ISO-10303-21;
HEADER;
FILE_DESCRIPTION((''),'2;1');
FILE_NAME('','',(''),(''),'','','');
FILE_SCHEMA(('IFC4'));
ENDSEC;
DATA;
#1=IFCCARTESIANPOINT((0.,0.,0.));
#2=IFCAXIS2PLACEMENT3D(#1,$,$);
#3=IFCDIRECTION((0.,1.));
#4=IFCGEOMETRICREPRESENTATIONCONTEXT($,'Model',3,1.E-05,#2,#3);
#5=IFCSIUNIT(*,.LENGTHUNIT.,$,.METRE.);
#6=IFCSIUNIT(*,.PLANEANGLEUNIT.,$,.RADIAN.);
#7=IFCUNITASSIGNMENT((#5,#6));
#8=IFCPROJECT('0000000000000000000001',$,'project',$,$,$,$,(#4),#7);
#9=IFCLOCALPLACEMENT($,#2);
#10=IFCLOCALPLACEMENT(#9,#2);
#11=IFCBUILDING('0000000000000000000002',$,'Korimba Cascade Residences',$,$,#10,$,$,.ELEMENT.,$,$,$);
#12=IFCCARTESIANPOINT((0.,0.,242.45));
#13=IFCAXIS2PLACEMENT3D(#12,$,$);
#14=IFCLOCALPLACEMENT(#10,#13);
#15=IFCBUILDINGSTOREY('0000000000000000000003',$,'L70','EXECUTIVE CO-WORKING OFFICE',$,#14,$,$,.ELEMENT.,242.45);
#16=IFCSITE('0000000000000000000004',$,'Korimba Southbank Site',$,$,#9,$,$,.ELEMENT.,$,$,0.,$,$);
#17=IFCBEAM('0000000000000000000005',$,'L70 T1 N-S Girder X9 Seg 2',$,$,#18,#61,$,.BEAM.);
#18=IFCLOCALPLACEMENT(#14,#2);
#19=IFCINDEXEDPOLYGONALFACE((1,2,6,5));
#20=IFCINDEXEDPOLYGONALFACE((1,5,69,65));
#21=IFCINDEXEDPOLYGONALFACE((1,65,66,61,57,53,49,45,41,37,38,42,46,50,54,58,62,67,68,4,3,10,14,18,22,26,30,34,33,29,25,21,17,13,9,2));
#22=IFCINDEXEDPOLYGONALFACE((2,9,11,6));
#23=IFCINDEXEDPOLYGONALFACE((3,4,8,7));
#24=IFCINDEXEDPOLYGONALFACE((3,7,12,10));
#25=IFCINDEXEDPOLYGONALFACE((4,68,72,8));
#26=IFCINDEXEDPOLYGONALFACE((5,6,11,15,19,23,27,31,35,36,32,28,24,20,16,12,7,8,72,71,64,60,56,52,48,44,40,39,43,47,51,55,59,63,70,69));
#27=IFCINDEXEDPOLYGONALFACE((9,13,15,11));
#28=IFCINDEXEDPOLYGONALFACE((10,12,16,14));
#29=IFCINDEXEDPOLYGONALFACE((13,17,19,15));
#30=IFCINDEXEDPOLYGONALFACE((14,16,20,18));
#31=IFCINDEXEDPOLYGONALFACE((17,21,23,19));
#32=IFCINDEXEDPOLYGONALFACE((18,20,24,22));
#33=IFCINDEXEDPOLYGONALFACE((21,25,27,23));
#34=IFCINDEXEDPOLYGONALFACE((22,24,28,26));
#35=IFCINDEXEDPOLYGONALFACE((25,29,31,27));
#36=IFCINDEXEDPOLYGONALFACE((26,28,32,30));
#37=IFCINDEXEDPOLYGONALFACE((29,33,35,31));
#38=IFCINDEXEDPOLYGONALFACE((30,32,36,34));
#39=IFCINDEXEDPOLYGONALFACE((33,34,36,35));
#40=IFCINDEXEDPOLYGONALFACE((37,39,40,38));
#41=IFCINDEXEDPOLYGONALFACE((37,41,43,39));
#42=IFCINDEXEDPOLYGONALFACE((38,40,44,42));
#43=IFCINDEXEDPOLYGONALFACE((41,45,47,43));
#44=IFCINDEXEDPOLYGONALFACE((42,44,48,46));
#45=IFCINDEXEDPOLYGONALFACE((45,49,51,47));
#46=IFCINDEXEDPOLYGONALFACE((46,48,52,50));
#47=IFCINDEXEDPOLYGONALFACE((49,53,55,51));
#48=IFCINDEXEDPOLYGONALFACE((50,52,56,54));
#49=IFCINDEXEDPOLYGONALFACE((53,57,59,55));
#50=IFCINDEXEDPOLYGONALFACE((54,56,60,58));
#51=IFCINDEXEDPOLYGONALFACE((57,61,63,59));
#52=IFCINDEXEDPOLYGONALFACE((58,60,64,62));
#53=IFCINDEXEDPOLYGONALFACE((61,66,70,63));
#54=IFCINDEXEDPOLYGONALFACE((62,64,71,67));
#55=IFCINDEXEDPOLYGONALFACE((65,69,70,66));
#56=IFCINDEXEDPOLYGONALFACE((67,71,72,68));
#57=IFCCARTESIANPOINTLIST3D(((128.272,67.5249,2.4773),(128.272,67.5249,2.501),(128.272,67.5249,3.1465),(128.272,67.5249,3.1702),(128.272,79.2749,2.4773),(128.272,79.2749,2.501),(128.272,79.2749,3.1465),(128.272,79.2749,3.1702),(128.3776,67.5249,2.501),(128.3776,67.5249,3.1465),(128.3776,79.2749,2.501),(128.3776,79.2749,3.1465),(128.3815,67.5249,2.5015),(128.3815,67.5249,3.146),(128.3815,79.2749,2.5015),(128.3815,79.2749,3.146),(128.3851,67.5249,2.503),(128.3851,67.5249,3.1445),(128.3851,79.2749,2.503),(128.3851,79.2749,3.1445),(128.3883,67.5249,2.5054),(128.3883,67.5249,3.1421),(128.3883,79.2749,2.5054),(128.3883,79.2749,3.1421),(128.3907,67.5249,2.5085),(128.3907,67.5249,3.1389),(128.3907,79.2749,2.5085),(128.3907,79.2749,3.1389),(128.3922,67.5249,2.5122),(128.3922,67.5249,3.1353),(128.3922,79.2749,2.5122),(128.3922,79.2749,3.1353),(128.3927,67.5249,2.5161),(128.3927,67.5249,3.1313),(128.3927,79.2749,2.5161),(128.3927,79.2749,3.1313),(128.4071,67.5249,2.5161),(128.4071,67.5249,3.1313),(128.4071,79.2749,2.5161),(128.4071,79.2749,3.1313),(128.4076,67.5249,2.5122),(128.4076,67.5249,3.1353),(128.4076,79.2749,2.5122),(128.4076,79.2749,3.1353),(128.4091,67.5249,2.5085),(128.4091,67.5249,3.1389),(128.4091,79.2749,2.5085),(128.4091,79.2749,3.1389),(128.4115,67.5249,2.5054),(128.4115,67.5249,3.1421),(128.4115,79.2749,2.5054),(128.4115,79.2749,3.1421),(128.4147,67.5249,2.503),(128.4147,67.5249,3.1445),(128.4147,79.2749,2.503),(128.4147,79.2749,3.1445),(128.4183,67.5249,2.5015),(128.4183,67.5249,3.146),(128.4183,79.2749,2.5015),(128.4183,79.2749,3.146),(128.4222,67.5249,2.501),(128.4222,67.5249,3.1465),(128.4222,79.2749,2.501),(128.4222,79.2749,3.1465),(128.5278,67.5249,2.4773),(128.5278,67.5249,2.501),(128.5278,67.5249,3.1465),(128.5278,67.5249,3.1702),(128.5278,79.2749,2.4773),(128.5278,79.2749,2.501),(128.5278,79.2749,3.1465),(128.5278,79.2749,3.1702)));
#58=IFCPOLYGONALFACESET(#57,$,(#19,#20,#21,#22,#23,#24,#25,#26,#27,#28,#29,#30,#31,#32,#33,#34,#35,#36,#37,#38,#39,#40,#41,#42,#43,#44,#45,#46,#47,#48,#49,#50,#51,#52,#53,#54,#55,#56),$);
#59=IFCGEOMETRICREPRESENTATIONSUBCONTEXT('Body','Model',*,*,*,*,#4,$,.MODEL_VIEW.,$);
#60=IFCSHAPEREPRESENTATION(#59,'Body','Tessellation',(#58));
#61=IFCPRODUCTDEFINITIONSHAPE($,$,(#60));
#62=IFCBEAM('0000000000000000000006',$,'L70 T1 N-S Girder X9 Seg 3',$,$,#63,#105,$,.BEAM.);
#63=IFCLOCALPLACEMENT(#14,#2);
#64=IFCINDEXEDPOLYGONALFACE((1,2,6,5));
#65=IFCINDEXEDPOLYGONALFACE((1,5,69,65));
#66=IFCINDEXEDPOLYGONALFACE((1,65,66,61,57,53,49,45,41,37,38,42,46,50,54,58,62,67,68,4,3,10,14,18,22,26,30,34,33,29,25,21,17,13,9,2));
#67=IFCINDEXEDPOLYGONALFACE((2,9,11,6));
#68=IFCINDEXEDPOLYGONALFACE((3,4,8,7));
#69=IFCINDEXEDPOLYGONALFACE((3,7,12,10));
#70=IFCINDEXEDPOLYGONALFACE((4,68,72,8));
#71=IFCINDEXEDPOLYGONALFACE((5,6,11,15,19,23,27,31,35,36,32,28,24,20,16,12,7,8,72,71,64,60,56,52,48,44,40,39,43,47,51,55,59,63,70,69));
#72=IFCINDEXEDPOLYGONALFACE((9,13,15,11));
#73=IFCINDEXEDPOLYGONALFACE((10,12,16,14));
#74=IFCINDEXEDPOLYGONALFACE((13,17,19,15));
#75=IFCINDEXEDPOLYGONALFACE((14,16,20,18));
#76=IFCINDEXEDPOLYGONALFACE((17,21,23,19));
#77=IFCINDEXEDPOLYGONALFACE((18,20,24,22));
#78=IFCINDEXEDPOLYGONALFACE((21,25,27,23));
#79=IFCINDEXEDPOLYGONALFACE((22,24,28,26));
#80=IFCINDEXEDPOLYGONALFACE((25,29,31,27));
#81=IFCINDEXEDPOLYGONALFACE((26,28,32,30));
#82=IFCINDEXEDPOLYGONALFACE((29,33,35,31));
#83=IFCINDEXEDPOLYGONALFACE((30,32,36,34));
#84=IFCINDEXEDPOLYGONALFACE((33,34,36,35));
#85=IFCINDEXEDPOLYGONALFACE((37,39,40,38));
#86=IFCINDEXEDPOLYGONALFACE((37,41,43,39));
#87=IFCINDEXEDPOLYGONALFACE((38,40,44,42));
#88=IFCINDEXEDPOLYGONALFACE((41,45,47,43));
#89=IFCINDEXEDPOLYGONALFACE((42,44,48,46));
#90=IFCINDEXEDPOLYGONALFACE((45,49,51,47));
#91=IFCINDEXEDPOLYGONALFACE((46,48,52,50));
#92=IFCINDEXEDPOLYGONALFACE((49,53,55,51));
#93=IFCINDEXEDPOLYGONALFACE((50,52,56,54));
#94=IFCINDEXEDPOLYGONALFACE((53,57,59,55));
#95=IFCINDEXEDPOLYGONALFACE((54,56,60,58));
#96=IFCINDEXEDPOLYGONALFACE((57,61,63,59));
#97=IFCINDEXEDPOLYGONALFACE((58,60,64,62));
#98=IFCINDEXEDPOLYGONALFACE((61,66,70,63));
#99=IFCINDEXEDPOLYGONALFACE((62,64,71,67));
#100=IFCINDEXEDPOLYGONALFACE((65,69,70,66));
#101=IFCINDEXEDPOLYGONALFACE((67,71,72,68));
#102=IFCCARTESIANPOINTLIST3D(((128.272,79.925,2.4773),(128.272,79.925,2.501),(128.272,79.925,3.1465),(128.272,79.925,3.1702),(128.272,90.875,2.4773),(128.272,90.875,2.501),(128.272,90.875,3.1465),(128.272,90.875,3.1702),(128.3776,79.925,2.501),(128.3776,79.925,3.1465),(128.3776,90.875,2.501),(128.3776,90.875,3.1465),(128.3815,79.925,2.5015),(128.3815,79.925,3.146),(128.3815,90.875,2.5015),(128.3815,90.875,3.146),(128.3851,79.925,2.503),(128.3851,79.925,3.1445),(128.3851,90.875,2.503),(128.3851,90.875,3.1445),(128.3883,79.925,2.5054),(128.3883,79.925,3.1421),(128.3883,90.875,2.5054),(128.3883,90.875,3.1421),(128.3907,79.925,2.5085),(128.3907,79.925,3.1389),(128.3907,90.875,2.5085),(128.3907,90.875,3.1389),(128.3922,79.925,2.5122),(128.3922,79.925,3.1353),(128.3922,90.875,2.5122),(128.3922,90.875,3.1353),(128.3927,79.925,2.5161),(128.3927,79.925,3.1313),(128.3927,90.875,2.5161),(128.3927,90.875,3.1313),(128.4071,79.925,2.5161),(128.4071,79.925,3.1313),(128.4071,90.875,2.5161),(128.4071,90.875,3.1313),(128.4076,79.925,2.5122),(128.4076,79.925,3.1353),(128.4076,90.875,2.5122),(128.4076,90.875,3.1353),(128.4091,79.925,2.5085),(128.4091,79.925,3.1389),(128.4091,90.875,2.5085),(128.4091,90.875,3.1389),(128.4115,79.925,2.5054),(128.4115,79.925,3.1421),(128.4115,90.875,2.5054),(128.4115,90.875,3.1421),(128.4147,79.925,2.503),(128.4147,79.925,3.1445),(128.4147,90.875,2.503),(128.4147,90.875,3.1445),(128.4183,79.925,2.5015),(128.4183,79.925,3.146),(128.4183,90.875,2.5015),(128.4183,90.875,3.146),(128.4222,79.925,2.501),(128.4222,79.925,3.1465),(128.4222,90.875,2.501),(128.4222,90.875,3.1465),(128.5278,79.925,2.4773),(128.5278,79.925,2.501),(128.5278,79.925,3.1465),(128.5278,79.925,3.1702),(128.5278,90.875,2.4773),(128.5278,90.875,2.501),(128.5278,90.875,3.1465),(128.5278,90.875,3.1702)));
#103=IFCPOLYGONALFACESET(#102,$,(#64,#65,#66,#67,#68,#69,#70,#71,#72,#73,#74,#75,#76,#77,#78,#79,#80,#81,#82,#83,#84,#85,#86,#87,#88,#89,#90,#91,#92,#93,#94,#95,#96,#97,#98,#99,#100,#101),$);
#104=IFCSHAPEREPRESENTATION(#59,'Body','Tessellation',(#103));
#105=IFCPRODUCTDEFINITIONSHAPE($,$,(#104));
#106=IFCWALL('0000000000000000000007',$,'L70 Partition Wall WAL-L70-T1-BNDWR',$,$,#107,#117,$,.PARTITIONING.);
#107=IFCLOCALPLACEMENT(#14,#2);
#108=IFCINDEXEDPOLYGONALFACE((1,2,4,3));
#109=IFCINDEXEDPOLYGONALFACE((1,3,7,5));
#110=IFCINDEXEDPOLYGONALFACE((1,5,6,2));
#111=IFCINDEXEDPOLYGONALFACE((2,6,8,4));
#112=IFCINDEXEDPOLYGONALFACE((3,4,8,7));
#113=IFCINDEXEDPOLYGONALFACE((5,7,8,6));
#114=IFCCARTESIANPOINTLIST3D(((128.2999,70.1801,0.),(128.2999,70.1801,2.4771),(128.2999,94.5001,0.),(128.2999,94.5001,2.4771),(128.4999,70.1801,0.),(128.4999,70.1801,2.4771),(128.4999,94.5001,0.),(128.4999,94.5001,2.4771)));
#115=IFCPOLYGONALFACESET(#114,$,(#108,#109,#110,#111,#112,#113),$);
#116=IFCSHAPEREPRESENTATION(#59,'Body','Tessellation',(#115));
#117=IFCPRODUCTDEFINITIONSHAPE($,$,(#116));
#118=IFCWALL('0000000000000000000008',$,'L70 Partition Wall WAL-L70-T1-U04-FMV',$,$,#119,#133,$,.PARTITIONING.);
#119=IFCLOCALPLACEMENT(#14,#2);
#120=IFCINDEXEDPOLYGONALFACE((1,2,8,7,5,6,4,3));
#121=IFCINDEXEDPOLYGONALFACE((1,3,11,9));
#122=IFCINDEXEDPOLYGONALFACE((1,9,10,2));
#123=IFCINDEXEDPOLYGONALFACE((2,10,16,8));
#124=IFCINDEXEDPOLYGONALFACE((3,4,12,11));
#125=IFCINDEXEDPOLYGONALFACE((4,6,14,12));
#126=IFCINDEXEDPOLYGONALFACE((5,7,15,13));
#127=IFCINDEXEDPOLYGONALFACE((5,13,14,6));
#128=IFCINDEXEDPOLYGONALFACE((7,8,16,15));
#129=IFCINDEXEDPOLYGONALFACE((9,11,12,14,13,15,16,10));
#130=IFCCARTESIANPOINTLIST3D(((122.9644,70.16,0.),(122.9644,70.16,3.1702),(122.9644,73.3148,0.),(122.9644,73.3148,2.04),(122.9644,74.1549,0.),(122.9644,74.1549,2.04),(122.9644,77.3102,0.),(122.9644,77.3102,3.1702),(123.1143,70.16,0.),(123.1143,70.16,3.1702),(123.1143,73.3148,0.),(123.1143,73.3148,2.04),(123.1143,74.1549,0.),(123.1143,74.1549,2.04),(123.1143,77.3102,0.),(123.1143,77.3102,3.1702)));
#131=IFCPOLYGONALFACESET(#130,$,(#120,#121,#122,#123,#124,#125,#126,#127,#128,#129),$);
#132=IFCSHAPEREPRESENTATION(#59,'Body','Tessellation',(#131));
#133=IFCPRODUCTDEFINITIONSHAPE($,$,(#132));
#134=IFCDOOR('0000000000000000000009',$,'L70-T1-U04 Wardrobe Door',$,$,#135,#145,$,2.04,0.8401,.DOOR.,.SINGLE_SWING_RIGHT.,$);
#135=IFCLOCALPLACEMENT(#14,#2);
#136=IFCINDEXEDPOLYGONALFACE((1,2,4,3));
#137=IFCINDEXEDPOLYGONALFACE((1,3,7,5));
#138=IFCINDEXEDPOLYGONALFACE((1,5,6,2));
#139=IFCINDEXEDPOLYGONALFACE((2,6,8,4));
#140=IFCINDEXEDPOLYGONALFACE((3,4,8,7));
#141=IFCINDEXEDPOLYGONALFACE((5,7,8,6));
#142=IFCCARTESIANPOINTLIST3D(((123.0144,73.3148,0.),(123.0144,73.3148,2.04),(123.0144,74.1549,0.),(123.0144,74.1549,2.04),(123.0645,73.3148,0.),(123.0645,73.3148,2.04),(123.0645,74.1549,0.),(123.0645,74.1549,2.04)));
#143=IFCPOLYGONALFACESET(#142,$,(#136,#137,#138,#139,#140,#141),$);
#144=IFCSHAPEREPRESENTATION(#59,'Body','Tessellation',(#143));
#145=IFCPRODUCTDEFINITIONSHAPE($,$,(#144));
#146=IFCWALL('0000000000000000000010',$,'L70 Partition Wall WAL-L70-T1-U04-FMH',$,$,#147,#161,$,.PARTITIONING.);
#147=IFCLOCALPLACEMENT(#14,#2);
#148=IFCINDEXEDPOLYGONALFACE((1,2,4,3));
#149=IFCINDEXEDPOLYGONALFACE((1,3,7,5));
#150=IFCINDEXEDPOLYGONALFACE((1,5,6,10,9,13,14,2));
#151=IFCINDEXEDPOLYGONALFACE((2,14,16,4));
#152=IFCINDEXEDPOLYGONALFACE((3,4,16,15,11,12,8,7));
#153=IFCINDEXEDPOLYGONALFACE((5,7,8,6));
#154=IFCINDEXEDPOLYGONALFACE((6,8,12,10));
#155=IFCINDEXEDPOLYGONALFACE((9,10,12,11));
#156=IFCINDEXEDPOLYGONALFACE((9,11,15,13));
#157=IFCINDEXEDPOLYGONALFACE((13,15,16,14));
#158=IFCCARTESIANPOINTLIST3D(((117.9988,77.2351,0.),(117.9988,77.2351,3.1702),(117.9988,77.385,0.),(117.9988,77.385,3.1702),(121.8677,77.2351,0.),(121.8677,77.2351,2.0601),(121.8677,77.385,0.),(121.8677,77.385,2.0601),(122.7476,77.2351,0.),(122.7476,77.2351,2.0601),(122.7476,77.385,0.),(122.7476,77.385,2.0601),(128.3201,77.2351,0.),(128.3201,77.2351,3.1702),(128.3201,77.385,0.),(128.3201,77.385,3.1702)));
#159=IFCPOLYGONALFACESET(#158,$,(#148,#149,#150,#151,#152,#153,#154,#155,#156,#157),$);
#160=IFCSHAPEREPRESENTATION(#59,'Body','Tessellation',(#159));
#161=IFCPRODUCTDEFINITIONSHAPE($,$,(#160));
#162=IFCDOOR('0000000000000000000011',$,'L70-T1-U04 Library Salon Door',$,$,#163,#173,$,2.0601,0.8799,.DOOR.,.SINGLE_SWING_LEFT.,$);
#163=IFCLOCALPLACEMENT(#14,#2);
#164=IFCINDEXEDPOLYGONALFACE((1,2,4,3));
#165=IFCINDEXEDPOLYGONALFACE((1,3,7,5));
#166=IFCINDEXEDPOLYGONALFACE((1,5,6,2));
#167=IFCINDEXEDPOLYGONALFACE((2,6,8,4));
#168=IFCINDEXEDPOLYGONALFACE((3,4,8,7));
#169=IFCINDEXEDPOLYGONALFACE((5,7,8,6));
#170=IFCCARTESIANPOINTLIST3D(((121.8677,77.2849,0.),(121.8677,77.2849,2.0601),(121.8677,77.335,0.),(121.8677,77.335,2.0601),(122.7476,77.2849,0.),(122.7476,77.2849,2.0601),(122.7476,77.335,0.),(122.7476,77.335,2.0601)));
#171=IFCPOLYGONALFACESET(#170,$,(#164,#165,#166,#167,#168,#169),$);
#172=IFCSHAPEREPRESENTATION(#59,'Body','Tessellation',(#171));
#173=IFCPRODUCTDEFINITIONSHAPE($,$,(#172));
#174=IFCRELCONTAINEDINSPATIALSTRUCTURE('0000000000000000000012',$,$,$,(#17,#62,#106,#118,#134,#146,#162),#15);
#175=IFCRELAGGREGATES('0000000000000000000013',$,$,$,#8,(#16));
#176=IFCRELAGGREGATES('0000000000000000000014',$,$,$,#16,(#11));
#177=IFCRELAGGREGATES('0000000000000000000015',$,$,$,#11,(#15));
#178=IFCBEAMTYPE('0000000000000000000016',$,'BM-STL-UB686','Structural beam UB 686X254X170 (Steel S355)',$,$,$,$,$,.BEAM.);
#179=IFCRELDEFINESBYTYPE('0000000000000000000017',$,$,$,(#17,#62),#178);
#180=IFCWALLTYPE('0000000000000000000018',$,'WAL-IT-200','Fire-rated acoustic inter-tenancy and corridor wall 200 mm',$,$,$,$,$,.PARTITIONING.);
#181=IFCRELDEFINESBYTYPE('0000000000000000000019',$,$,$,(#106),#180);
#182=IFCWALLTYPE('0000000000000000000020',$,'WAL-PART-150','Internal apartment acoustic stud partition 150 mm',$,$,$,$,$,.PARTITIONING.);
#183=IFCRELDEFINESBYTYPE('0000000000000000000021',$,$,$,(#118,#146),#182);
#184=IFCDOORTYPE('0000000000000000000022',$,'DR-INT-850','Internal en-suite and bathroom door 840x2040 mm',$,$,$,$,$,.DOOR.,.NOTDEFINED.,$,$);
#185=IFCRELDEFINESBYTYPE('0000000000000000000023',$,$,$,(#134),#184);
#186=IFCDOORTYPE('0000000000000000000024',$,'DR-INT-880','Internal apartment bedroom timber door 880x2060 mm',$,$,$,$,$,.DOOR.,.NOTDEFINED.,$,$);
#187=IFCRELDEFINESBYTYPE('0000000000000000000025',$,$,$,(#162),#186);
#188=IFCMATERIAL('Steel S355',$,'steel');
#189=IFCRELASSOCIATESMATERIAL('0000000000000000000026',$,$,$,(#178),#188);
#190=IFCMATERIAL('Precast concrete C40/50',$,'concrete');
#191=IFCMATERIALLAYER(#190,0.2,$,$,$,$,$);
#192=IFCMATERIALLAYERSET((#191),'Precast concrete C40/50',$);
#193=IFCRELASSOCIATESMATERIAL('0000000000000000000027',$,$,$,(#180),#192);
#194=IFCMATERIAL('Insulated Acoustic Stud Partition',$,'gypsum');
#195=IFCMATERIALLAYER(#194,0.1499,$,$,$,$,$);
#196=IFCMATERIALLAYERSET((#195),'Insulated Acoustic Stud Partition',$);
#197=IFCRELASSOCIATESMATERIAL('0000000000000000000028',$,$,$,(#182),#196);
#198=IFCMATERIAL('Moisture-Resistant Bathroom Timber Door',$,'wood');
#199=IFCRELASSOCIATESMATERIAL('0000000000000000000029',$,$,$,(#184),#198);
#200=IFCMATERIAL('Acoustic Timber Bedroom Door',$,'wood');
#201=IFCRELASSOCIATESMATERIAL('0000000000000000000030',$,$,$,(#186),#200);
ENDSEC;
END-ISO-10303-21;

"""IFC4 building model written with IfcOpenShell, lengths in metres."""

from ifc_helpers import new_model, si_unit, direction, frame, frame_2d, origin, origin_2d, place, context, subcontext, project, spatial, rectangle, i_section, extrude, material, layer, layer_set, material_profile, profile_set, type_object, element, fill, save


model = new_model("IFC4")

# Units and contexts
model_context = context("Model", 3, precision=1e-05, world=origin(), true_north=direction((0.0, 1.0)))
body_context = subcontext(model_context, "Body", "Model", "MODEL_VIEW")
ifc_project = project(units=[si_unit("LENGTHUNIT", "METRE"), si_unit("PLANEANGLEUNIT", "RADIAN")], contexts=[model_context])

# Site, building, storey
site_placement = place(None, origin())
site = spatial("IfcSite", under=ifc_project, at=site_placement, Name="Korimba Southbank Site", CompositionType="ELEMENT", RefElevation=0.0)
building_placement = place(site_placement, origin())
building = spatial("IfcBuilding", under=site, at=building_placement, Name="Korimba Cascade Residences", CompositionType="ELEMENT")
storey_placement = place(building_placement, frame((0.0, 0.0, 242.45)))
storey = spatial("IfcBuildingStorey", under=building, at=storey_placement, Name="L70", Description="EXECUTIVE CO-WORKING OFFICE", CompositionType="ELEMENT", Elevation=242.45)

# Beams
ifc_material_1 = material(Name="Steel S355", Category="steel")
ifc_material_profile_1 = material_profile(ifc_material_1, i_section(OverallWidth=0.2559, OverallDepth=0.6929, WebThickness=0.0144, FlangeThickness=0.0237, FilletRadius=0.0151, at=origin_2d()), Name="Steel S355")
ifc_profile_set_1 = profile_set([ifc_material_profile_1], Name="Steel S355")
beam_type_1 = type_object("IfcBeamType", Name="BM-STL-UB686", Description="Structural beam UB 686X254X170 (Steel S355)", PredefinedType="BEAM", material=ifc_profile_set_1)
beam_1_placement = place(storey_placement, frame((128.3999, 67.5249, 2.8237), z_axis=(0.0, 1.0, 0.0), x_axis=(-1.0, 0.0, 0.0)))
element("IfcBeam", 1, at=beam_1_placement, inside=storey, type_object=beam_type_1, Name="L70 T1 N-S Girder X9 Seg 2", PredefinedType="BEAM", context=body_context, shape_type="SweptSolid", body=[
    extrude(i_section(OverallWidth=0.2559, OverallDepth=0.6929, WebThickness=0.0144, FlangeThickness=0.0237, FilletRadius=0.0151, at=origin_2d()), origin(), (0.0, 0.0, 1.0), 11.75),
])
beam_2_placement = place(storey_placement, frame((128.3999, 79.925, 2.8237), z_axis=(0.0, 1.0, 0.0), x_axis=(-1.0, 0.0, 0.0)))
element("IfcBeam", 2, at=beam_2_placement, inside=storey, type_object=beam_type_1, Name="L70 T1 N-S Girder X9 Seg 3", PredefinedType="BEAM", context=body_context, shape_type="SweptSolid", body=[
    extrude(i_section(OverallWidth=0.2559, OverallDepth=0.6929, WebThickness=0.0144, FlangeThickness=0.0237, FilletRadius=0.0151, at=origin_2d()), origin(), (0.0, 0.0, 1.0), 10.95),
])

# Wall
ifc_material_2 = material(Name="Precast concrete C40/50", Category="concrete")
ifc_layer_1 = layer(ifc_material_2, 0.2)
ifc_layer_set_1 = layer_set([ifc_layer_1], Name="Precast concrete C40/50")
wall_type_1 = type_object("IfcWallType", Name="WAL-IT-200", Description="Fire-rated acoustic inter-tenancy and corridor wall 200 mm", PredefinedType="PARTITIONING", material=ifc_layer_set_1)
wall_1_placement = place(storey_placement, frame((128.3999, 70.1799, 0.0), z_axis=(0.0, 0.0, 1.0), x_axis=(0.0, 1.0, 0.0)))
element("IfcWall", 3, at=wall_1_placement, inside=storey, type_object=wall_type_1, Name="L70 Partition Wall WAL-L70-T1-BNDWR", PredefinedType="PARTITIONING", context=body_context, shape_type="SweptSolid", body=[
    extrude(rectangle(XDim=24.3201, YDim=0.2, at=frame_2d((12.1602, 0.0))), origin(), (0.0, 0.0, 1.0), 2.4771),
])

# Walls, openings, doors
ifc_material_3 = material(Name="Insulated Acoustic Stud Partition", Category="gypsum")
ifc_layer_2 = layer(ifc_material_3, 0.1499)
ifc_layer_set_2 = layer_set([ifc_layer_2], Name="Insulated Acoustic Stud Partition")
wall_type_2 = type_object("IfcWallType", Name="WAL-PART-150", Description="Internal apartment acoustic stud partition 150 mm", PredefinedType="PARTITIONING", material=ifc_layer_set_2)
wall_2_placement = place(storey_placement, frame((123.0393, 70.1599, 0.0), z_axis=(0.0, 0.0, 1.0), x_axis=(0.0, 1.0, 0.0)))
wall_2 = element("IfcWall", 4, at=wall_2_placement, inside=storey, type_object=wall_type_2, Name="L70 Partition Wall WAL-L70-T1-U04-FMV", PredefinedType="PARTITIONING", context=body_context, shape_type="SweptSolid", body=[
    extrude(rectangle(XDim=7.1501, YDim=0.1499, at=frame_2d((3.5752, 0.0))), origin(), (0.0, 0.0, 1.0), 3.1702),
])
opening_1_placement = place(wall_2_placement, frame((3.155, 0.0, 0.0)))
opening_1 = element("IfcOpeningElement", 5, at=opening_1_placement, cuts=wall_2, PredefinedType="OPENING", context=body_context, shape_type="SweptSolid", body=[
    extrude(rectangle(XDim=0.8401, YDim=2.04, at=frame_2d((0.4199, 1.02))), frame((0.0, 0.085, 0.0), z_axis=(0.0, -1.0, 0.0), x_axis=(1.0, 0.0, 0.0)), (0.0, 0.0, 1.0), 0.1699),
])
ifc_material_4 = material(Name="Moisture-Resistant Bathroom Timber Door", Category="wood")
door_type_1 = type_object("IfcDoorType", Name="DR-INT-850", Description="Internal en-suite and bathroom door 840x2040 mm", OperationType="NOTDEFINED", PredefinedType="DOOR", material=ifc_material_4)
door_1_placement = place(opening_1_placement, origin())
door_1 = element("IfcDoor", 6, at=door_1_placement, inside=storey, type_object=door_type_1, Name="L70-T1-U04 Wardrobe Door", OperationType="SINGLE_SWING_RIGHT", OverallHeight=2.04, OverallWidth=0.8401, PredefinedType="DOOR", context=body_context, shape_type="SweptSolid", body=[
    extrude(rectangle(XDim=0.8401, YDim=2.04, at=frame_2d((0.4199, 1.02))), frame((0.0, 0.0249, 0.0), z_axis=(0.0, -1.0, 0.0), x_axis=(1.0, 0.0, 0.0)), (0.0, 0.0, 1.0), 0.05),
])
fill(opening_1, door_1)
wall_3_placement = place(storey_placement, frame((117.9988, 77.3101, 0.0), z_axis=(0.0, 0.0, 1.0), x_axis=(1.0, 0.0, 0.0)))
wall_3 = element("IfcWall", 7, at=wall_3_placement, inside=storey, type_object=wall_type_2, Name="L70 Partition Wall WAL-L70-T1-U04-FMH", PredefinedType="PARTITIONING", context=body_context, shape_type="SweptSolid", body=[
    extrude(rectangle(XDim=10.3213, YDim=0.1499, at=frame_2d((5.1606, 0.0))), origin(), (0.0, 0.0, 1.0), 3.1702),
])
opening_2_placement = place(wall_3_placement, frame((3.8689, 0.0, 0.0)))
opening_2 = element("IfcOpeningElement", 8, at=opening_2_placement, cuts=wall_3, PredefinedType="OPENING", context=body_context, shape_type="SweptSolid", body=[
    extrude(rectangle(XDim=0.8799, YDim=2.0601, at=frame_2d((0.4399, 1.03))), frame((0.0, 0.085, 0.0), z_axis=(0.0, -1.0, 0.0), x_axis=(1.0, 0.0, 0.0)), (0.0, 0.0, 1.0), 0.1699),
])
ifc_material_5 = material(Name="Acoustic Timber Bedroom Door", Category="wood")
door_type_2 = type_object("IfcDoorType", Name="DR-INT-880", Description="Internal apartment bedroom timber door 880x2060 mm", OperationType="NOTDEFINED", PredefinedType="DOOR", material=ifc_material_5)
door_2_placement = place(opening_2_placement, origin())
door_2 = element("IfcDoor", 9, at=door_2_placement, inside=storey, type_object=door_type_2, Name="L70-T1-U04 Library Salon Door", OperationType="SINGLE_SWING_LEFT", OverallHeight=2.0601, OverallWidth=0.8799, PredefinedType="DOOR", context=body_context, shape_type="SweptSolid", body=[
    extrude(rectangle(XDim=0.8799, YDim=2.0601, at=frame_2d((0.4399, 1.03))), frame((0.0, 0.0249, 0.0), z_axis=(0.0, -1.0, 0.0), x_axis=(1.0, 0.0, 0.0)), (0.0, 0.0, 1.0), 0.05),
])
fill(opening_2, door_2)

save(model, "model.ifc")
